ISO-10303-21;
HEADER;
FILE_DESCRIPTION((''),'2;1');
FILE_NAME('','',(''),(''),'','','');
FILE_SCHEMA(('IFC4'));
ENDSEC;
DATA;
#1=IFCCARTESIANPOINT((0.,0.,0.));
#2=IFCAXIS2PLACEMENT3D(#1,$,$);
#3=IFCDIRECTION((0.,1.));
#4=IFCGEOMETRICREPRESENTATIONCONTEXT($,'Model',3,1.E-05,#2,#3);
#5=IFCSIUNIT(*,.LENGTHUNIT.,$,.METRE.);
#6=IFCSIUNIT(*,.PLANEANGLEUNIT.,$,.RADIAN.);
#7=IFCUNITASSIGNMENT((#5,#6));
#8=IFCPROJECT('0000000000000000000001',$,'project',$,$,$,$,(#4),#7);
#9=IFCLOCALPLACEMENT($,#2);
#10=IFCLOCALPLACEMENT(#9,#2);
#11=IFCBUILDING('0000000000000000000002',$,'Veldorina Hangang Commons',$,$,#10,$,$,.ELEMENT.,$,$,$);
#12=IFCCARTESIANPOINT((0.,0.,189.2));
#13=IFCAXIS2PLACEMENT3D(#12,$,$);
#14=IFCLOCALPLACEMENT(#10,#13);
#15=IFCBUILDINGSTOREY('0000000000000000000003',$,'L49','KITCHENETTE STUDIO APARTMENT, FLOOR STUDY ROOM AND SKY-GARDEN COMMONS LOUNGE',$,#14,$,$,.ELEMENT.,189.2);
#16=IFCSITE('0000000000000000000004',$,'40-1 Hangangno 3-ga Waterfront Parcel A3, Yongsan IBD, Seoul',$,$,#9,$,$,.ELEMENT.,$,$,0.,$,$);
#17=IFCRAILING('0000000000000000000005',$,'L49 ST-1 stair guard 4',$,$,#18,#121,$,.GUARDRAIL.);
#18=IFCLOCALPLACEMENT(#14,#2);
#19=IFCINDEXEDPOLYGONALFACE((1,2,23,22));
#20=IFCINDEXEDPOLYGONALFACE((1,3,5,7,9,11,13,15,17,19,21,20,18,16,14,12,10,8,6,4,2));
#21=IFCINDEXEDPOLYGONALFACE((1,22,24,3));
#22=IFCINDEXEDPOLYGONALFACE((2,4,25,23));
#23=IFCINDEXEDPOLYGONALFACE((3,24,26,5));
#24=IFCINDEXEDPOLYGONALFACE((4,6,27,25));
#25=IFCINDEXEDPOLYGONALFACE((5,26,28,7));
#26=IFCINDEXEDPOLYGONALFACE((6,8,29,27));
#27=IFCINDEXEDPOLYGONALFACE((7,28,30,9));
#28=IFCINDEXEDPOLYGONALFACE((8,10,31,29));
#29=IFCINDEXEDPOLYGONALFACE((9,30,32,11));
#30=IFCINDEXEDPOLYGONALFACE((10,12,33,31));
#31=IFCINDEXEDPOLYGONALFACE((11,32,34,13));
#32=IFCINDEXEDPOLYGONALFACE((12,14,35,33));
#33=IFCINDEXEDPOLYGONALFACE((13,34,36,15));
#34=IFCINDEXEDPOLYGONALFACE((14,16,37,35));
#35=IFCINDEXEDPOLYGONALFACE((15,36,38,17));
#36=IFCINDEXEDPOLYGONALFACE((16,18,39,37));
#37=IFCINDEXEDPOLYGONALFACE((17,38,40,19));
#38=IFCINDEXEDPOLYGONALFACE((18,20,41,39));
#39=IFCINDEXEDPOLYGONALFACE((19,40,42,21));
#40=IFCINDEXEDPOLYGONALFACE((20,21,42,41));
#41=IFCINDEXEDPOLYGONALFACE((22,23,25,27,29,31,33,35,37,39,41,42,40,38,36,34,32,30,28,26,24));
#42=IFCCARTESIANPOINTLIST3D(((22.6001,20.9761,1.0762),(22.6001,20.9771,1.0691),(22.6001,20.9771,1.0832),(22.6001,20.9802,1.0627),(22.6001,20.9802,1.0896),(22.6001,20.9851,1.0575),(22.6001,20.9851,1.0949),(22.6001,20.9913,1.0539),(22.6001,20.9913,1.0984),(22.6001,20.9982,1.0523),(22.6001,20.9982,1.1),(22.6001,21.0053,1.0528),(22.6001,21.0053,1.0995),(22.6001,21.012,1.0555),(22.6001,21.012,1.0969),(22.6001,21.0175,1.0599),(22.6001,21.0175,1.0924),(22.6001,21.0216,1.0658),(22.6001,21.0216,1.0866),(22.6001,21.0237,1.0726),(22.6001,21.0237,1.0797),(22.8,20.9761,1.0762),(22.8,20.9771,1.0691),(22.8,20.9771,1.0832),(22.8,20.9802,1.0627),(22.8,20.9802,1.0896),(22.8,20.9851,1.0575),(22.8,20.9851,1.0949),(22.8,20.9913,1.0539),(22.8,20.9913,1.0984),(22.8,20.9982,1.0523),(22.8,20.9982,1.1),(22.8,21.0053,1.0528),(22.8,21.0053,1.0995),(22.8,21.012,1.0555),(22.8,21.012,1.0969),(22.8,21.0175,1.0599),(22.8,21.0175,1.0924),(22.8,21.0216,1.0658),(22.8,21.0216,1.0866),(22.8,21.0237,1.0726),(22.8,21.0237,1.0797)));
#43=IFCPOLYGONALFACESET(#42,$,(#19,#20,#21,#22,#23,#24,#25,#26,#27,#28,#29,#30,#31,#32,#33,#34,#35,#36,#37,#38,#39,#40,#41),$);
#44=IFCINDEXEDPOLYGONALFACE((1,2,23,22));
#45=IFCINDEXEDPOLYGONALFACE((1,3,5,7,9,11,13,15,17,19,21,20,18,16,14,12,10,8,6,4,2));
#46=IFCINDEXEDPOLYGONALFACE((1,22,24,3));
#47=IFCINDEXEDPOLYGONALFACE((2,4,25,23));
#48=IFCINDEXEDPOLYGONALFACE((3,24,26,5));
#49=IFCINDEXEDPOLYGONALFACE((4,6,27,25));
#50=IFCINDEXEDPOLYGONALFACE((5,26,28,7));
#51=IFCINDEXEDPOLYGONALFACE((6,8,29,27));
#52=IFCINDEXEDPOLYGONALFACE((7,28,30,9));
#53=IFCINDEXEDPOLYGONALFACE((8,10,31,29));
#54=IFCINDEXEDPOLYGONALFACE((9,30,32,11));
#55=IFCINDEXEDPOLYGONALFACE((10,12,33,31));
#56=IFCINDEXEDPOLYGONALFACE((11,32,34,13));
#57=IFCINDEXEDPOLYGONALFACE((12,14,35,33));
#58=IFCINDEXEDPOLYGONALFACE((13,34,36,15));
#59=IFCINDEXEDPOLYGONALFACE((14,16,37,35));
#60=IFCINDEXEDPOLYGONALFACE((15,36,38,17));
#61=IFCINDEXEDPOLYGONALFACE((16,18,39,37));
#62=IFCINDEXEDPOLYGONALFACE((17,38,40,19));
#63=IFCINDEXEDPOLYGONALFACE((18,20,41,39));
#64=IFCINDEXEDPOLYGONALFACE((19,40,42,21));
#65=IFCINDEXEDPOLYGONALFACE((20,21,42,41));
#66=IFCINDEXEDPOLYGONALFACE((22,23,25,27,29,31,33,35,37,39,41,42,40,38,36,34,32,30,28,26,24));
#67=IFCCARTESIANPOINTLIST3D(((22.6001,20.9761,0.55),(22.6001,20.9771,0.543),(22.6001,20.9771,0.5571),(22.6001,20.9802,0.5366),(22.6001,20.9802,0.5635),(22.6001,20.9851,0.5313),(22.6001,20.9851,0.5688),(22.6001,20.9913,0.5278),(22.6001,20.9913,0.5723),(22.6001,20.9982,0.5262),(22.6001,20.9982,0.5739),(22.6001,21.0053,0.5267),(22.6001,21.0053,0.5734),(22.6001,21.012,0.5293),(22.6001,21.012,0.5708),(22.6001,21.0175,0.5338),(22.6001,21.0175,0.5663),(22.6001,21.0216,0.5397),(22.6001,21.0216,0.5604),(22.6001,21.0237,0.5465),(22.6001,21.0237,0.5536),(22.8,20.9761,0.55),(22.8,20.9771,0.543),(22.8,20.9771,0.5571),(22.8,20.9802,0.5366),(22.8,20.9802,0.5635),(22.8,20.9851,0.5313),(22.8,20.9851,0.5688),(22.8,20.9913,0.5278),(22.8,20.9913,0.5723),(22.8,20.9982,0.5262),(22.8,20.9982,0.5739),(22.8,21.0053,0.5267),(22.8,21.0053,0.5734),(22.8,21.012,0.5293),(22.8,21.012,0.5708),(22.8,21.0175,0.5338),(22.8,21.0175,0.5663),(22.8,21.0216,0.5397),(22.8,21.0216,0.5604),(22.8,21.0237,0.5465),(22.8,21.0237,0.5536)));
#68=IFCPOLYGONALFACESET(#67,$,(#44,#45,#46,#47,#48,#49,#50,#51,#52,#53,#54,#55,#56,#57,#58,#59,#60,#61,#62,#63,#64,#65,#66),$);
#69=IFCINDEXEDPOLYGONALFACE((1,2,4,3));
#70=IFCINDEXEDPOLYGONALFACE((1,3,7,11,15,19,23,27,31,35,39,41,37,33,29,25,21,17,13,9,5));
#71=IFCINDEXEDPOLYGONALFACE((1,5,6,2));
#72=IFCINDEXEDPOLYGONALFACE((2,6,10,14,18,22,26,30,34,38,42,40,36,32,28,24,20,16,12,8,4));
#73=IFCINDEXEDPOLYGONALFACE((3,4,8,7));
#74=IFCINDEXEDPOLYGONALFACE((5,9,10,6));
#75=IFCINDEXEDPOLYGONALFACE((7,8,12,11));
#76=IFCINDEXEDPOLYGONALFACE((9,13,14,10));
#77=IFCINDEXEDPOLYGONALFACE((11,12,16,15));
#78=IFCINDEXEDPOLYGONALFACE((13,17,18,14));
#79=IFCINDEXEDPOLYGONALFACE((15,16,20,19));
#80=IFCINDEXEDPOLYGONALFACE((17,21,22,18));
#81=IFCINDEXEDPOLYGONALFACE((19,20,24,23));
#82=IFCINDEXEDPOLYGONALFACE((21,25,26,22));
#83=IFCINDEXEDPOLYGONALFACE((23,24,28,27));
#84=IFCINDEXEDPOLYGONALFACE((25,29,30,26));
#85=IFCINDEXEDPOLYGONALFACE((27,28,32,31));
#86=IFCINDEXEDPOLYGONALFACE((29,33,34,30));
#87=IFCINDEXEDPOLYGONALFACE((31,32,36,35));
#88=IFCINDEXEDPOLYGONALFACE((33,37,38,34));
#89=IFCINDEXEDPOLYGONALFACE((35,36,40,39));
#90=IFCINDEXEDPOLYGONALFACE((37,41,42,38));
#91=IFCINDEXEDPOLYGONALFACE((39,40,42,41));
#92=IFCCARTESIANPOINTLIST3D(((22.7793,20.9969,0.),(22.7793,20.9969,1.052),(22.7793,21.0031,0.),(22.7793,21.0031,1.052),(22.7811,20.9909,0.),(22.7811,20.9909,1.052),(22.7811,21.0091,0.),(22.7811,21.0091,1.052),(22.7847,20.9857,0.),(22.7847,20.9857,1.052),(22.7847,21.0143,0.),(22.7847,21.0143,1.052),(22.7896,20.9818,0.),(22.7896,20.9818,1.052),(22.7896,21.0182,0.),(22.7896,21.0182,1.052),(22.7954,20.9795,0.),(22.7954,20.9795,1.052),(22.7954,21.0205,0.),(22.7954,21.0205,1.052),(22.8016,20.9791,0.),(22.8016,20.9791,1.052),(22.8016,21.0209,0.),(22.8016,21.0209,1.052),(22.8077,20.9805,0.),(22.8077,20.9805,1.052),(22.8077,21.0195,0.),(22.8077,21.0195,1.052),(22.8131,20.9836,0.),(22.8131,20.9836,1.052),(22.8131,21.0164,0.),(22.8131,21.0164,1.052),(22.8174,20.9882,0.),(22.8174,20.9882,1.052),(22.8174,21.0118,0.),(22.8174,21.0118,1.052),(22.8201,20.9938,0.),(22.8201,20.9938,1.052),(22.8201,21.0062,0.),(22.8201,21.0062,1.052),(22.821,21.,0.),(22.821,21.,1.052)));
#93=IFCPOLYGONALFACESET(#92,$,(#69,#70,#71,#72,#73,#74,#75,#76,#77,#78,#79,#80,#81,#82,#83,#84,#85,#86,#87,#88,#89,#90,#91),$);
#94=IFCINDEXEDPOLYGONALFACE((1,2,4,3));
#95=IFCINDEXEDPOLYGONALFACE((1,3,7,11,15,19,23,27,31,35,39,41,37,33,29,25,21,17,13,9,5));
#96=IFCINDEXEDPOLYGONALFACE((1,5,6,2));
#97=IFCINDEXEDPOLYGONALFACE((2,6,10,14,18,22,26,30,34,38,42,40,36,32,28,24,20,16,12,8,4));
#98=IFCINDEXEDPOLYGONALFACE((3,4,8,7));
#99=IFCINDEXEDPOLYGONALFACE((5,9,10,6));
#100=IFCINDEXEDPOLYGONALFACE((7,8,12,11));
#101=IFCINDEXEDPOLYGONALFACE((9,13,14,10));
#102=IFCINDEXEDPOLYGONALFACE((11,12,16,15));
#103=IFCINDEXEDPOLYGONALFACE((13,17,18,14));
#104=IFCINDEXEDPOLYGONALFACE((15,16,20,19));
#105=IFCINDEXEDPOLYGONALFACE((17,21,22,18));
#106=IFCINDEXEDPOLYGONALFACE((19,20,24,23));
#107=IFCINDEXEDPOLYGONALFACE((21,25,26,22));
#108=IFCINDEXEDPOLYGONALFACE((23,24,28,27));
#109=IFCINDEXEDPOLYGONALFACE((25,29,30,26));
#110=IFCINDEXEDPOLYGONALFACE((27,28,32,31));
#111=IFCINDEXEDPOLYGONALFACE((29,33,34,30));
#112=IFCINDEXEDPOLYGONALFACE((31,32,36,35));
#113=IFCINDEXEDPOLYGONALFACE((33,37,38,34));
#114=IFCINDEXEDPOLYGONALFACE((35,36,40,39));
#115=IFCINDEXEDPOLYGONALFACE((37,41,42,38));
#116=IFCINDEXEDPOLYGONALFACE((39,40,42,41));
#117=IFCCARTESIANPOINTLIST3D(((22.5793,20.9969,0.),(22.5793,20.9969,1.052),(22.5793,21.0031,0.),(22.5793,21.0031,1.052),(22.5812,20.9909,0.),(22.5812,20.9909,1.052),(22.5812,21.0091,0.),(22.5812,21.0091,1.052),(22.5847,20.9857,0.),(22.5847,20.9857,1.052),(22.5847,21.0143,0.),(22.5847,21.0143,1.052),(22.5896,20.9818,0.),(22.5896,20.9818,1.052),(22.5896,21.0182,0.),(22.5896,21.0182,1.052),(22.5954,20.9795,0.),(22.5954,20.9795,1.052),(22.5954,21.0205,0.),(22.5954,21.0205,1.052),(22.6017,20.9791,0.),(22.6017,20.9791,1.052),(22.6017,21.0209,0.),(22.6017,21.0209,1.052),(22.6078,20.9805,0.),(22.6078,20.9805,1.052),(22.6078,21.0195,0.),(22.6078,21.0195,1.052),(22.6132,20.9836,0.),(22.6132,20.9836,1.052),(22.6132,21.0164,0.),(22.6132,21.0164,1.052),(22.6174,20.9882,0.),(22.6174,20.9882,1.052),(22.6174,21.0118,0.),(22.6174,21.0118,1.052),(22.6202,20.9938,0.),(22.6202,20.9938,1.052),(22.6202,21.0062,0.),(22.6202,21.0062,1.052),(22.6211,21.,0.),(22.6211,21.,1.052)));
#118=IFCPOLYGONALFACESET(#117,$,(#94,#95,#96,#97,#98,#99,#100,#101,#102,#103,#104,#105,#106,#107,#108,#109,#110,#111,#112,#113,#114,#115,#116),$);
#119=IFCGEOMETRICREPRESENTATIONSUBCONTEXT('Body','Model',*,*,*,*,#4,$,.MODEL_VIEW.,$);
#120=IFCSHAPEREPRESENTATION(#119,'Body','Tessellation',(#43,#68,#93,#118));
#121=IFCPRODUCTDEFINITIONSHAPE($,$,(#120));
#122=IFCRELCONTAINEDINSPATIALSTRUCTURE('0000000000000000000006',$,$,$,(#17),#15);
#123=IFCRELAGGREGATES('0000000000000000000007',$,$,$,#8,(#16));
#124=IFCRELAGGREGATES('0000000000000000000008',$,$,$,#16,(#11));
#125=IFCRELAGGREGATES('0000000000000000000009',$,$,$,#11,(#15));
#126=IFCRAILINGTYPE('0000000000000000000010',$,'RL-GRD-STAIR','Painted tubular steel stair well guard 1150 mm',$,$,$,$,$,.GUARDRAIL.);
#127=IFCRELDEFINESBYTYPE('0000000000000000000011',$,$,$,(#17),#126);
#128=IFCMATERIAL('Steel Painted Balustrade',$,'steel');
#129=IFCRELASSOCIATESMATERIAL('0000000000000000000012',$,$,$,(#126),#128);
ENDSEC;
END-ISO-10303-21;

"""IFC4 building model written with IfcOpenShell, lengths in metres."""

from ifc_helpers import new_model, si_unit, direction, frame, origin, origin_2d, place, context, subcontext, project, spatial, circle, extrude, material, type_object, element, save


model = new_model("IFC4")

# Units and contexts
model_context = context("Model", 3, precision=1e-05, world=origin(), true_north=direction((0.0, 1.0)))
body_context = subcontext(model_context, "Body", "Model", "MODEL_VIEW")
ifc_project = project(units=[si_unit("LENGTHUNIT", "METRE"), si_unit("PLANEANGLEUNIT", "RADIAN")], contexts=[model_context])

# Site, building, storey
site_placement = place(None, origin())
site = spatial("IfcSite", under=ifc_project, at=site_placement, Name="40-1 Hangangno 3-ga Waterfront Parcel A3, Yongsan IBD, Seoul", CompositionType="ELEMENT", RefElevation=0.0)
building_placement = place(site_placement, origin())
building = spatial("IfcBuilding", under=site, at=building_placement, Name="Veldorina Hangang Commons", CompositionType="ELEMENT")
storey_placement = place(building_placement, frame((0.0, 0.0, 189.2)))
storey = spatial("IfcBuildingStorey", under=building, at=storey_placement, Name="L49", Description="KITCHENETTE STUDIO APARTMENT, FLOOR STUDY ROOM AND SKY-GARDEN COMMONS LOUNGE", CompositionType="ELEMENT", Elevation=189.2)

# Railing
ifc_material_1 = material(Name="Steel Painted Balustrade", Category="steel")
railing_type_1 = type_object("IfcRailingType", Name="RL-GRD-STAIR", Description="Painted tubular steel stair well guard 1150 mm", PredefinedType="GUARDRAIL", material=ifc_material_1)
railing_1_placement = place(storey_placement, frame((22.8, 21.0, 0.0)))
element("IfcRailing", 1, at=railing_1_placement, inside=storey, type_object=railing_type_1, Name="L49 ST-1 stair guard 4", PredefinedType="GUARDRAIL", context=body_context, shape_type="SweptSolid", body=[
    extrude(circle(Radius=0.0239, at=origin_2d()), frame((0.0, 0.0, 1.0762), z_axis=(-1.0, 0.0, 0.0), x_axis=(0.0, -1.0, 0.0)), (0.0, 0.0, 1.0), 0.2),
    extrude(circle(Radius=0.0239, at=origin_2d()), frame((0.0, 0.0, 0.55), z_axis=(-1.0, 0.0, 0.0), x_axis=(0.0, -1.0, 0.0)), (0.0, 0.0, 1.0), 0.2),
    extrude(circle(Radius=0.021, at=origin_2d()), origin(), (0.0, 0.0, 1.0), 1.052),
    extrude(circle(Radius=0.021, at=origin_2d()), frame((-0.2, 0.0, 0.0)), (0.0, 0.0, 1.0), 1.052),
])

save(model, "model.ifc")
